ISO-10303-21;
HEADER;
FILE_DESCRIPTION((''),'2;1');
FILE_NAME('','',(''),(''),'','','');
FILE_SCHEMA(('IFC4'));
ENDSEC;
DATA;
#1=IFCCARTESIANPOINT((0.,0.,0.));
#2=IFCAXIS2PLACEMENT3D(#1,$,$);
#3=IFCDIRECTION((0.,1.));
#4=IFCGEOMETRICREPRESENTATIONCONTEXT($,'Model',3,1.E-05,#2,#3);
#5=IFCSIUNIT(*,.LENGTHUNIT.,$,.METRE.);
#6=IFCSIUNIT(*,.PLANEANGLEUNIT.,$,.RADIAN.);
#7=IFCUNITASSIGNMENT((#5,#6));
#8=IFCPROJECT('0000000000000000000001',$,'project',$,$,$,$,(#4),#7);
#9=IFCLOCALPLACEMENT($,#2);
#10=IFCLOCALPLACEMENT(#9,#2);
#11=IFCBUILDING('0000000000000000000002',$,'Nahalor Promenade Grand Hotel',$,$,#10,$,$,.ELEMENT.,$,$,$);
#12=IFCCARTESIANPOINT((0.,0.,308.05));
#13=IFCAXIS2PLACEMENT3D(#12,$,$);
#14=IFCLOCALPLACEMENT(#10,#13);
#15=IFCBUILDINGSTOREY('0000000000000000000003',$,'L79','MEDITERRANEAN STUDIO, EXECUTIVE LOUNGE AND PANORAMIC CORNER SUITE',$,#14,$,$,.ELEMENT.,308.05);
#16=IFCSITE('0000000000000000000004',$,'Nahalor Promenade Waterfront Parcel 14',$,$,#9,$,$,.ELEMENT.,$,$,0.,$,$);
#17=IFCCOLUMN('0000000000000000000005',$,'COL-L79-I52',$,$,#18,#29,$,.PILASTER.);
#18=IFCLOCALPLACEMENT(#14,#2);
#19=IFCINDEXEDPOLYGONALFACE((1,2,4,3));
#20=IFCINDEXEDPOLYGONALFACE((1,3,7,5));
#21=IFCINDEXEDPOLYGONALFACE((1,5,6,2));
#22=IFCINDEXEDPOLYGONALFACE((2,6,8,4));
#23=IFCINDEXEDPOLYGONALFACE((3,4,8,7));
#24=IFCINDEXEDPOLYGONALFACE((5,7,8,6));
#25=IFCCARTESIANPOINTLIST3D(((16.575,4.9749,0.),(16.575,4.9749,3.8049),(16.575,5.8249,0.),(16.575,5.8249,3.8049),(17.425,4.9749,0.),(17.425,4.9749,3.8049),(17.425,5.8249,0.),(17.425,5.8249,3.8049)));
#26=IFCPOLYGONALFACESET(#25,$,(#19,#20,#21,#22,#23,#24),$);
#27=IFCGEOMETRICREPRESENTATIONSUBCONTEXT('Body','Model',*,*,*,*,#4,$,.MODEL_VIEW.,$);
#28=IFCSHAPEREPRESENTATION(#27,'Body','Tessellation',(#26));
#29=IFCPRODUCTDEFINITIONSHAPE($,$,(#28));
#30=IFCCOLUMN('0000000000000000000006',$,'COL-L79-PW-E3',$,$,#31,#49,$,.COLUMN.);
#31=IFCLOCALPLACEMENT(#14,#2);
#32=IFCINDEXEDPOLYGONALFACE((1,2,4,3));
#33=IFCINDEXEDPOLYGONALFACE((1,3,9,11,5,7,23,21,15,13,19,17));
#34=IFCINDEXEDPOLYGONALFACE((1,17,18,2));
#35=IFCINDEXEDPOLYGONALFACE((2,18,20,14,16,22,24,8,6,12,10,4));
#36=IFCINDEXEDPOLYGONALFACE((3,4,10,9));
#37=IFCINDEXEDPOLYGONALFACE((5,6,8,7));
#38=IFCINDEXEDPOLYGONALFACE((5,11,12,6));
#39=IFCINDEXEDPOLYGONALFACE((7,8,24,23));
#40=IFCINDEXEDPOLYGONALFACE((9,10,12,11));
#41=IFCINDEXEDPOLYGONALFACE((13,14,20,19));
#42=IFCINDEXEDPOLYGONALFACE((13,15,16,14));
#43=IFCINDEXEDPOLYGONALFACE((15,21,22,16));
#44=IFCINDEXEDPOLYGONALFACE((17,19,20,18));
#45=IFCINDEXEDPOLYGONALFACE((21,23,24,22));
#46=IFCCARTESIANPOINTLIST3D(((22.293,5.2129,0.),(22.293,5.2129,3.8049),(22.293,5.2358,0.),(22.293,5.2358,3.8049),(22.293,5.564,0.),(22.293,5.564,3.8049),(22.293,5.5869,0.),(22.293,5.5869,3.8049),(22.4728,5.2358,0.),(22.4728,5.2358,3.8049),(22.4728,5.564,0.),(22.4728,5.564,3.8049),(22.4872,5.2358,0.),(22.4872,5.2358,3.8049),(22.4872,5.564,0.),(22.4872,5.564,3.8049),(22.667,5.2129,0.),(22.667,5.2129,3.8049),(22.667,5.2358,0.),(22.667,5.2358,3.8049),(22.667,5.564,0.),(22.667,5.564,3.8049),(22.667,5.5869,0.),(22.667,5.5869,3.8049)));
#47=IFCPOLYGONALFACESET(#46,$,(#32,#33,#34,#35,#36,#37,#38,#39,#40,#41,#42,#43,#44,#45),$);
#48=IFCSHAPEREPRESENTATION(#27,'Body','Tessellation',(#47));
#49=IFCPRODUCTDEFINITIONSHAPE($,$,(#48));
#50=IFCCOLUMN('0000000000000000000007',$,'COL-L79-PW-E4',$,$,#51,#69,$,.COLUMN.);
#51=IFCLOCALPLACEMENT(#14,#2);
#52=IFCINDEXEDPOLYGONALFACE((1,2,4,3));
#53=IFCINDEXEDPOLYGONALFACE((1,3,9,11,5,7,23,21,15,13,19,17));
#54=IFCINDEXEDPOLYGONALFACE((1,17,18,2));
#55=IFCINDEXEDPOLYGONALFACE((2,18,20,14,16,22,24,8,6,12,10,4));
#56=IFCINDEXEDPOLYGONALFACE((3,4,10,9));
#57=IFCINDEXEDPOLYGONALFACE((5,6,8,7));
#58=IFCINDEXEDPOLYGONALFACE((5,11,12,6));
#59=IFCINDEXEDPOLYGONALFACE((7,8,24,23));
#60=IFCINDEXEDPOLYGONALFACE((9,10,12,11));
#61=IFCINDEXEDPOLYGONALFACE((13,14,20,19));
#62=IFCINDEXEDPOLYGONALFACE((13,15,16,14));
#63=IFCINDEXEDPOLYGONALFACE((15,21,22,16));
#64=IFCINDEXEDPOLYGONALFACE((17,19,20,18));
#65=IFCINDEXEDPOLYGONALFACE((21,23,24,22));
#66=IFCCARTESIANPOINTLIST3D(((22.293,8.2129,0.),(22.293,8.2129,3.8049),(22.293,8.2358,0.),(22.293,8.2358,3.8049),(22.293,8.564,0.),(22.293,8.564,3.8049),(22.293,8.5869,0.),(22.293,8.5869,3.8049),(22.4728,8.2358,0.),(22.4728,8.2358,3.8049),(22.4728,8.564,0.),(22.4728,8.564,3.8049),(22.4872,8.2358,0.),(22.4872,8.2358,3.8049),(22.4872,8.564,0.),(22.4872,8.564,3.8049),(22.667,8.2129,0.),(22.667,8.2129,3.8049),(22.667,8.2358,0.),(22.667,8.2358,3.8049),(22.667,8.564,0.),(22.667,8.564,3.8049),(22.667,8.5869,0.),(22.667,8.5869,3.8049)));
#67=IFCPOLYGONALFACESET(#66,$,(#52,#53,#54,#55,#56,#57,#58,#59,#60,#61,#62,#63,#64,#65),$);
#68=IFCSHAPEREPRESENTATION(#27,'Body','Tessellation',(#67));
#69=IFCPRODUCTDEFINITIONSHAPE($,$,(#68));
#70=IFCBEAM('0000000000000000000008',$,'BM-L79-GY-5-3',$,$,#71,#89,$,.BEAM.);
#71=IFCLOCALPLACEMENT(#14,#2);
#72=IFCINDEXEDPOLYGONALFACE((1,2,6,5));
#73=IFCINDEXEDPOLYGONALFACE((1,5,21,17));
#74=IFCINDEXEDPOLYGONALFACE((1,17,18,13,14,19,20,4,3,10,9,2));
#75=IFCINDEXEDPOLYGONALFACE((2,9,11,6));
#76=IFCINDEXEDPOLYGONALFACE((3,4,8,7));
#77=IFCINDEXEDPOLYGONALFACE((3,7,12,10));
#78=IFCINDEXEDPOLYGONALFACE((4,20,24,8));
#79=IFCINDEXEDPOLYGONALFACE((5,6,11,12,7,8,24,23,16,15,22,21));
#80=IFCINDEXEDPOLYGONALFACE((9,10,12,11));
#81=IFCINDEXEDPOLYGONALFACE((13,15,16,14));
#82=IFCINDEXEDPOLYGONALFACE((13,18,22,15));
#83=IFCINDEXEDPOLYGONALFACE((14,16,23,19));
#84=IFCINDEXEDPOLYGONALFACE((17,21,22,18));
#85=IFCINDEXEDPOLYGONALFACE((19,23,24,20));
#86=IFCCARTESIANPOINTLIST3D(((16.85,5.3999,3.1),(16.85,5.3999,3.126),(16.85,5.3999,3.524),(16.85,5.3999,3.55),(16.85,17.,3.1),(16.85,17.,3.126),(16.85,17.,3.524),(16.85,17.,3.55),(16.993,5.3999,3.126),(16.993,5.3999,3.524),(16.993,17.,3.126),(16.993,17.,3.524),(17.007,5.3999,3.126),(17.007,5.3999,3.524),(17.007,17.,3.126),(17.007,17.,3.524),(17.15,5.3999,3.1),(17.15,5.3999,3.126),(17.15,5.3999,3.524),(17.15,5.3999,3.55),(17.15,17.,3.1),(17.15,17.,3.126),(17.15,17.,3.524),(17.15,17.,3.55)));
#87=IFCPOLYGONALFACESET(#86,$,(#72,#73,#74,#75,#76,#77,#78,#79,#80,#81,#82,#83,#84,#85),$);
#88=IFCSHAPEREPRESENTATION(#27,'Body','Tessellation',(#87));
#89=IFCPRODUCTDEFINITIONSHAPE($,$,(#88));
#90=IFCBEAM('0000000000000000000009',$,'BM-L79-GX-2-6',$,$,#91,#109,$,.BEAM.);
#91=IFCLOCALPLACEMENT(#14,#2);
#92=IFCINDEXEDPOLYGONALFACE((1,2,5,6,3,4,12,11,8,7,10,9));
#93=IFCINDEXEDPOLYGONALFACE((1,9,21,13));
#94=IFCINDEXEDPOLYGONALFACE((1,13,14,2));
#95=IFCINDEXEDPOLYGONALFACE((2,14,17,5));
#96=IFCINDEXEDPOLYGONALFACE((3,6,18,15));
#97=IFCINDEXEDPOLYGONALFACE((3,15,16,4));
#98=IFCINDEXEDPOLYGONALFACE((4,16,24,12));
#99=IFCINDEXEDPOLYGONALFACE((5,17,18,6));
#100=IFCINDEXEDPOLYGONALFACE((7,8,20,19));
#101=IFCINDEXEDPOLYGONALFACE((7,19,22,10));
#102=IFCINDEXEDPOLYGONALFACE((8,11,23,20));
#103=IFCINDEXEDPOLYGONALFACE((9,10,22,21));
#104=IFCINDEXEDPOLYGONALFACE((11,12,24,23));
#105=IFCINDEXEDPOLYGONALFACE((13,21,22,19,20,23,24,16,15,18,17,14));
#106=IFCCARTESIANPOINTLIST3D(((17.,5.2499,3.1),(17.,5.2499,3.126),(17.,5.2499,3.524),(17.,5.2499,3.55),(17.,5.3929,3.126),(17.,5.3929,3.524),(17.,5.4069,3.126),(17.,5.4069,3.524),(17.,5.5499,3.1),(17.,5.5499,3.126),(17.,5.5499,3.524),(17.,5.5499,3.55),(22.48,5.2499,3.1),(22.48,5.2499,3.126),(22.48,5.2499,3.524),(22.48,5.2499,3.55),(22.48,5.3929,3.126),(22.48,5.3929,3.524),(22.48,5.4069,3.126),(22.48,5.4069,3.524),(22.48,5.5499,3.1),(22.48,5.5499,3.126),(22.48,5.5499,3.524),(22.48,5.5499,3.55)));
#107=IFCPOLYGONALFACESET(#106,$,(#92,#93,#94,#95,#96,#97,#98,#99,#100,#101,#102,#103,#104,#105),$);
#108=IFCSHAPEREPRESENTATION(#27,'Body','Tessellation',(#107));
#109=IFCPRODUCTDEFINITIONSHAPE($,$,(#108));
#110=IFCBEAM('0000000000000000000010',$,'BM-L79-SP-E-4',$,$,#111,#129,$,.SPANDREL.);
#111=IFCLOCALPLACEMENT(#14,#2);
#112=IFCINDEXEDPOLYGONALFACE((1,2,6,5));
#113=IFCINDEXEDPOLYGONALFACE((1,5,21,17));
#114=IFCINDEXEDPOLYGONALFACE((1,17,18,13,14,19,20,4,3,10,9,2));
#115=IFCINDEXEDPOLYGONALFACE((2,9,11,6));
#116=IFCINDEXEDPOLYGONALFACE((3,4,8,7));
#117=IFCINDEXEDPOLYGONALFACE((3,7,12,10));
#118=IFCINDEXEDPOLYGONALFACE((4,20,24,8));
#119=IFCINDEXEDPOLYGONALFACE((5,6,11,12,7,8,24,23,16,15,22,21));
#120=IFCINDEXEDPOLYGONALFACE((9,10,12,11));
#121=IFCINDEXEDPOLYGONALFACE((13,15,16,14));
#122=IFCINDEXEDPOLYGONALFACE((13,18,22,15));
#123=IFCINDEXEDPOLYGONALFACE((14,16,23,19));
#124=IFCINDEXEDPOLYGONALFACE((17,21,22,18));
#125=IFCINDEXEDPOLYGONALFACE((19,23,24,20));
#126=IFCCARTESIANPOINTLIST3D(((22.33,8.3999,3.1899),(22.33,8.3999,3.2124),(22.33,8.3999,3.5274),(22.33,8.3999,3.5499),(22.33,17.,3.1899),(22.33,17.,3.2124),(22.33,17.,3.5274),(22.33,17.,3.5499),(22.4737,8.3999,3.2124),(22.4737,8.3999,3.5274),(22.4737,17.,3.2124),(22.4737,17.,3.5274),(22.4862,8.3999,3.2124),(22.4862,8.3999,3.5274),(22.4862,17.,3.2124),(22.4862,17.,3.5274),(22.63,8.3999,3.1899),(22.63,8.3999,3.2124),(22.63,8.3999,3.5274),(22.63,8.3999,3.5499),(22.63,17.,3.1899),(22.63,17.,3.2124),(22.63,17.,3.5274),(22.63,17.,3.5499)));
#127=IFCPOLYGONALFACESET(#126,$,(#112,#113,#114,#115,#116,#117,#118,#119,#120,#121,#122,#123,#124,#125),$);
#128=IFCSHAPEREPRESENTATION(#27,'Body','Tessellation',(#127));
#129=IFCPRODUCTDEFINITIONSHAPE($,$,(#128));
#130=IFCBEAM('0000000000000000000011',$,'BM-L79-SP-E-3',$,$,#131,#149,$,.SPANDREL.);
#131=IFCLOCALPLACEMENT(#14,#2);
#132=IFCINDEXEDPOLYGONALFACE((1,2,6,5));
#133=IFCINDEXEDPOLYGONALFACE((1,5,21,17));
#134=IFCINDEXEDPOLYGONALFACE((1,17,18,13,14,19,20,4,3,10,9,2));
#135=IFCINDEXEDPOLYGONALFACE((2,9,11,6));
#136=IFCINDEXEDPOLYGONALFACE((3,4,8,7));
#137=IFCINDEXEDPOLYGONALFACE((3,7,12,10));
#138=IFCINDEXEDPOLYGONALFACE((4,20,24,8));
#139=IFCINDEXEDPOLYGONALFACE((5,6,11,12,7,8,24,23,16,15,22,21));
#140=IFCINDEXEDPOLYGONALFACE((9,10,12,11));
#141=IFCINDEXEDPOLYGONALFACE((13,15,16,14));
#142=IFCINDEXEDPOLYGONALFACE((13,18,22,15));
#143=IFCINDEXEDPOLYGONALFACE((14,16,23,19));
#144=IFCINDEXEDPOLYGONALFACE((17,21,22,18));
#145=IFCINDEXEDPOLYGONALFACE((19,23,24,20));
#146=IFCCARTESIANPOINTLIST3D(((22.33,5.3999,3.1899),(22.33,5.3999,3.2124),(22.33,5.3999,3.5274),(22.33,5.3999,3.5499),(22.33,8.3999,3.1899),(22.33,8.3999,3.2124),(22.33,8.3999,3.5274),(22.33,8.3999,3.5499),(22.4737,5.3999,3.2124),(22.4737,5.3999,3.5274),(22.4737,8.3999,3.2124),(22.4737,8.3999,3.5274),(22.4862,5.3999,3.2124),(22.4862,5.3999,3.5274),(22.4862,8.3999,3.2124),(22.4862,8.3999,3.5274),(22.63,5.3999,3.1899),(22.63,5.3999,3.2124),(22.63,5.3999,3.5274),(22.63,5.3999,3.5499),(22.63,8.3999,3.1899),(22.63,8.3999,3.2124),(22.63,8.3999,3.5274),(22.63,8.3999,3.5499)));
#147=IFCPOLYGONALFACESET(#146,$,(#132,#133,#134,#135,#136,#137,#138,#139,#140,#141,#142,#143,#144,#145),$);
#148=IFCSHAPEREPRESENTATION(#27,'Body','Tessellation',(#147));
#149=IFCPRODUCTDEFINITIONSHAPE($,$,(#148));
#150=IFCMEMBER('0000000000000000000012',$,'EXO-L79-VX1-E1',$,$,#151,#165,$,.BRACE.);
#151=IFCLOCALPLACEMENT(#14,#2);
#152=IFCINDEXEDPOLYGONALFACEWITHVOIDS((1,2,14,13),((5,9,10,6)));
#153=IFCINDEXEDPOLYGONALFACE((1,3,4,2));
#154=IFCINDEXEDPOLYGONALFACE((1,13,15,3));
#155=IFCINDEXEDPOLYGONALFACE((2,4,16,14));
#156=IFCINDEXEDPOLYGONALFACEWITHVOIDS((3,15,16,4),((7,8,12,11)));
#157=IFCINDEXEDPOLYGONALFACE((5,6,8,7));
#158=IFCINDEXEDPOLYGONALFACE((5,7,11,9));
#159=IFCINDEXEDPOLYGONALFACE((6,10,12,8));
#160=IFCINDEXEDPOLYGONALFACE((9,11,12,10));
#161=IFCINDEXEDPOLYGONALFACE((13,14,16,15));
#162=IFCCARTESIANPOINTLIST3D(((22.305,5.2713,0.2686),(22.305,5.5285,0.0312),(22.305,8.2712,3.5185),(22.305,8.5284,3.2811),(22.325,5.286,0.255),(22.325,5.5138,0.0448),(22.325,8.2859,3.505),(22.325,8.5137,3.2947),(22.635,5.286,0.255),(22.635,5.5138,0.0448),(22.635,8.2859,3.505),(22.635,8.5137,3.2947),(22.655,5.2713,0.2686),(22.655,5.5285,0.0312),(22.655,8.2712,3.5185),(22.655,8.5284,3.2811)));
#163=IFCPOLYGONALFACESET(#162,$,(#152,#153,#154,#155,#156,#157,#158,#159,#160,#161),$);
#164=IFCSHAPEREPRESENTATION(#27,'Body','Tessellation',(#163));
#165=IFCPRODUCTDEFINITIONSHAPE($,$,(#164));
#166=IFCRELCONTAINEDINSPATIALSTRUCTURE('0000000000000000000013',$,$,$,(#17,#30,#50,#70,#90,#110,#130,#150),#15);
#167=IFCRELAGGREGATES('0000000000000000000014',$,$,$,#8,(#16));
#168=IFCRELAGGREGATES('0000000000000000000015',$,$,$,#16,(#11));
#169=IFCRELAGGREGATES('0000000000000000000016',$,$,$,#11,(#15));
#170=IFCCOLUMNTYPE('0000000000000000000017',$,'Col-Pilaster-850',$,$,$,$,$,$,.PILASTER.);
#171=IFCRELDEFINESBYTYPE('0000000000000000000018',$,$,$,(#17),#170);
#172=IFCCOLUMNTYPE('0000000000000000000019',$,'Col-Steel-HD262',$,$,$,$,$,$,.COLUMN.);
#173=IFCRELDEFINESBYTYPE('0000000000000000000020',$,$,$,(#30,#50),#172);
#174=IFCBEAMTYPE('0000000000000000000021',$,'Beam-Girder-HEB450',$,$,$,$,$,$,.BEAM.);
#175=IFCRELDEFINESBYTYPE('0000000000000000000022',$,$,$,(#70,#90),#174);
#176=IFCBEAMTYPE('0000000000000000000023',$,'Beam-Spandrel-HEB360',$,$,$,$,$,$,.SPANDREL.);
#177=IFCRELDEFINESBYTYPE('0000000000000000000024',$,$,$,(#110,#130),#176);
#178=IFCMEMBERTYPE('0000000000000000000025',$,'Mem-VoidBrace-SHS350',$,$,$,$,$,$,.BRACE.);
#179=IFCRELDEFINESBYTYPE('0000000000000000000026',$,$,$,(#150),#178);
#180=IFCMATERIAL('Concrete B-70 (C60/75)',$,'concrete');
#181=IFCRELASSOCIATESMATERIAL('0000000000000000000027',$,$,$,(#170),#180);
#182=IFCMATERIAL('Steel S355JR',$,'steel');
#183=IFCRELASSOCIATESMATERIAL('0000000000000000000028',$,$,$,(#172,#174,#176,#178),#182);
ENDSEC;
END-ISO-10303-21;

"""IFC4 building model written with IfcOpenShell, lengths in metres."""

from ifc_helpers import new_model, si_unit, direction, frame, origin, origin_2d, place, context, subcontext, project, spatial, rectangle, hollow_rectangle, i_section, extrude, source, transform, mapped, material, material_profile, profile_set, type_object, element, save


model = new_model("IFC4")

# Units and contexts
model_context = context("Model", 3, precision=1e-05, world=origin(), true_north=direction((0.0, 1.0)))
body_context = subcontext(model_context, "Body", "Model", "MODEL_VIEW")
ifc_project = project(units=[si_unit("LENGTHUNIT", "METRE"), si_unit("PLANEANGLEUNIT", "RADIAN")], contexts=[model_context])

# Site, building, storey
site_placement = place(None, origin())
site = spatial("IfcSite", under=ifc_project, at=site_placement, Name="Nahalor Promenade Waterfront Parcel 14", CompositionType="ELEMENT", RefElevation=0.0)
building_placement = place(site_placement, origin())
building = spatial("IfcBuilding", under=site, at=building_placement, Name="Nahalor Promenade Grand Hotel", CompositionType="ELEMENT")
storey_placement = place(building_placement, frame((0.0, 0.0, 308.05)))
storey = spatial("IfcBuildingStorey", under=building, at=storey_placement, Name="L79", Description="MEDITERRANEAN STUDIO, EXECUTIVE LOUNGE AND PANORAMIC CORNER SUITE", CompositionType="ELEMENT", Elevation=308.05)

# Columns
ifc_material_1 = material(Name="Concrete B-70 (C60/75)", Category="concrete")
ifc_material_profile_1 = material_profile(ifc_material_1, rectangle(XDim=0.85, YDim=0.85, at=origin_2d()), Name="RC 850x850")
ifc_profile_set_1 = profile_set([ifc_material_profile_1], Name="Concrete B-70 (C60/75)")
column_type_1 = type_object("IfcColumnType", Name="Col-Pilaster-850", PredefinedType="PILASTER", material=ifc_profile_set_1)
shared_shape_1 = source(origin(), body_context, "Body", "SweptSolid", [
    extrude(rectangle(XDim=0.85, YDim=0.85, at=origin_2d()), origin(), (0.0, 0.0, 1.0), 3.8049),
])
column_placement = place(storey_placement, frame((17.0, 5.3999, 0.0), z_axis=(0.0, 0.0, 1.0), x_axis=(1.0, 0.0, 0.0)))
element("IfcColumn", 1, at=column_placement, inside=storey, type_object=column_type_1, Name="COL-L79-I52", PredefinedType="PILASTER", context=body_context, shape_type="MappedRepresentation", body=[
    mapped(shared_shape_1, transform((0.0, 0.0, 0.0), scale=1.0)),
])
ifc_material_2 = material(Name="Steel S355JR", Category="steel")
ifc_material_profile_2 = material_profile(ifc_material_2, i_section(OverallWidth=0.374, OverallDepth=0.374, WebThickness=0.0144, FlangeThickness=0.0229, at=origin_2d()), Name="HD 360x262")
ifc_profile_set_2 = profile_set([ifc_material_profile_2], Name="Steel S355JR")
column_type_2 = type_object("IfcColumnType", Name="Col-Steel-HD262", PredefinedType="COLUMN", material=ifc_profile_set_2)
shared_shape_2 = source(origin(), body_context, "Body", "SweptSolid", [
    extrude(i_section(OverallWidth=0.374, OverallDepth=0.374, WebThickness=0.0144, FlangeThickness=0.0229, at=origin_2d()), origin(), (0.0, 0.0, 1.0), 3.8049),
])
for number, where, z_axis, x_axis, name in (
    (2, (22.48, 5.3999, 0.0), (0.0, 0.0, 1.0), (1.0, 0.0, 0.0), "COL-L79-PW-E3"),
    (3, (22.48, 8.3999, 0.0), (0.0, 0.0, 1.0), (1.0, 0.0, 0.0), "COL-L79-PW-E4"),
):
    element("IfcColumn", number, at=place(storey_placement, frame(where, z_axis=z_axis, x_axis=x_axis)), inside=storey, type_object=column_type_2, Name=name, PredefinedType="COLUMN", context=body_context, shape_type="MappedRepresentation", body=[
        mapped(shared_shape_2, transform((0.0, 0.0, 0.0), scale=1.0)),
    ])

# Beams
ifc_material_profile_3 = material_profile(ifc_material_2, i_section(OverallWidth=0.3, OverallDepth=0.45, WebThickness=0.014, FlangeThickness=0.026, at=origin_2d()), Name="HEB 450")
ifc_profile_set_3 = profile_set([ifc_material_profile_3], Name="Steel S355JR")
beam_type_1 = type_object("IfcBeamType", Name="Beam-Girder-HEB450", PredefinedType="BEAM", material=ifc_profile_set_3)
shared_shape_3 = source(origin(), body_context, "Body", "SweptSolid", [
    extrude(i_section(OverallWidth=0.3, OverallDepth=0.45, WebThickness=0.014, FlangeThickness=0.026, at=origin_2d()), origin(), (0.0, 0.0, 1.0), 11.6001),
])
beam_1_placement = place(storey_placement, frame((17.0, 5.3999, 3.325), z_axis=(0.0, 1.0, 0.0), x_axis=(-1.0, 0.0, 0.0)))
element("IfcBeam", 4, at=beam_1_placement, inside=storey, type_object=beam_type_1, Name="BM-L79-GY-5-3", PredefinedType="BEAM", context=body_context, shape_type="MappedRepresentation", body=[
    mapped(shared_shape_3, transform((0.0, 0.0, 0.0), scale=1.0)),
])
shared_shape_4 = source(origin(), body_context, "Body", "SweptSolid", [
    extrude(i_section(OverallWidth=0.3, OverallDepth=0.45, WebThickness=0.014, FlangeThickness=0.026, at=origin_2d()), origin(), (0.0, 0.0, 1.0), 5.48),
])
beam_2_placement = place(storey_placement, frame((17.0, 5.3999, 3.325), z_axis=(1.0, 0.0, 0.0), x_axis=(0.0, 1.0, 0.0)))
element("IfcBeam", 5, at=beam_2_placement, inside=storey, type_object=beam_type_1, Name="BM-L79-GX-2-6", PredefinedType="BEAM", context=body_context, shape_type="MappedRepresentation", body=[
    mapped(shared_shape_4, transform((0.0, 0.0, 0.0), scale=1.0)),
])
ifc_material_profile_4 = material_profile(ifc_material_2, i_section(OverallWidth=0.3, OverallDepth=0.36, WebThickness=0.0125, FlangeThickness=0.0225, at=origin_2d()), Name="HEB 360")
ifc_profile_set_4 = profile_set([ifc_material_profile_4], Name="Steel S355JR")
beam_type_2 = type_object("IfcBeamType", Name="Beam-Spandrel-HEB360", PredefinedType="SPANDREL", material=ifc_profile_set_4)
shared_shape_5 = source(origin(), body_context, "Body", "SweptSolid", [
    extrude(i_section(OverallWidth=0.3, OverallDepth=0.36, WebThickness=0.0125, FlangeThickness=0.0225, at=origin_2d()), origin(), (0.0, 0.0, 1.0), 8.6001),
])
beam_3_placement = place(storey_placement, frame((22.48, 8.3999, 3.3699), z_axis=(0.0, 1.0, 0.0), x_axis=(-1.0, 0.0, 0.0)))
element("IfcBeam", 6, at=beam_3_placement, inside=storey, type_object=beam_type_2, Name="BM-L79-SP-E-4", PredefinedType="SPANDREL", context=body_context, shape_type="MappedRepresentation", body=[
    mapped(shared_shape_5, transform((0.0, 0.0, 0.0), scale=1.0)),
])
shared_shape_6 = source(origin(), body_context, "Body", "SweptSolid", [
    extrude(i_section(OverallWidth=0.3, OverallDepth=0.36, WebThickness=0.0125, FlangeThickness=0.0225, at=origin_2d()), origin(), (0.0, 0.0, 1.0), 3.0),
])
beam_4_placement = place(storey_placement, frame((22.48, 5.3999, 3.3699), z_axis=(0.0, 1.0, 0.0), x_axis=(-1.0, 0.0, 0.0)))
element("IfcBeam", 7, at=beam_4_placement, inside=storey, type_object=beam_type_2, Name="BM-L79-SP-E-3", PredefinedType="SPANDREL", context=body_context, shape_type="MappedRepresentation", body=[
    mapped(shared_shape_6, transform((0.0, 0.0, 0.0), scale=1.0)),
])

# Member
ifc_material_profile_5 = material_profile(ifc_material_2, hollow_rectangle(XDim=0.35, YDim=0.35, WallThickness=0.02, at=origin_2d()), Name="SHS 350x350x20")
ifc_profile_set_5 = profile_set([ifc_material_profile_5], Name="Steel S355JR")
member_type_1 = type_object("IfcMemberType", Name="Mem-VoidBrace-SHS350", PredefinedType="BRACE", material=ifc_profile_set_5)
shared_shape_7 = source(origin(), body_context, "Body", "SweptSolid", [
    extrude(hollow_rectangle(XDim=0.35, YDim=0.35, WallThickness=0.02, at=origin_2d()), origin(), (0.0, 0.0, 1.0), 4.4229),
])
member_1_placement = place(storey_placement, frame((22.48, 5.3999, 0.1499), z_axis=(0.0, 0.67828, 0.734803), x_axis=(-1.0, 0.0, 0.0)))
element("IfcMember", 8, at=member_1_placement, inside=storey, type_object=member_type_1, Name="EXO-L79-VX1-E1", PredefinedType="BRACE", context=body_context, shape_type="MappedRepresentation", body=[
    mapped(shared_shape_7, transform((0.0, 0.0, 0.0), scale=1.0)),
])

save(model, "model.ifc")
